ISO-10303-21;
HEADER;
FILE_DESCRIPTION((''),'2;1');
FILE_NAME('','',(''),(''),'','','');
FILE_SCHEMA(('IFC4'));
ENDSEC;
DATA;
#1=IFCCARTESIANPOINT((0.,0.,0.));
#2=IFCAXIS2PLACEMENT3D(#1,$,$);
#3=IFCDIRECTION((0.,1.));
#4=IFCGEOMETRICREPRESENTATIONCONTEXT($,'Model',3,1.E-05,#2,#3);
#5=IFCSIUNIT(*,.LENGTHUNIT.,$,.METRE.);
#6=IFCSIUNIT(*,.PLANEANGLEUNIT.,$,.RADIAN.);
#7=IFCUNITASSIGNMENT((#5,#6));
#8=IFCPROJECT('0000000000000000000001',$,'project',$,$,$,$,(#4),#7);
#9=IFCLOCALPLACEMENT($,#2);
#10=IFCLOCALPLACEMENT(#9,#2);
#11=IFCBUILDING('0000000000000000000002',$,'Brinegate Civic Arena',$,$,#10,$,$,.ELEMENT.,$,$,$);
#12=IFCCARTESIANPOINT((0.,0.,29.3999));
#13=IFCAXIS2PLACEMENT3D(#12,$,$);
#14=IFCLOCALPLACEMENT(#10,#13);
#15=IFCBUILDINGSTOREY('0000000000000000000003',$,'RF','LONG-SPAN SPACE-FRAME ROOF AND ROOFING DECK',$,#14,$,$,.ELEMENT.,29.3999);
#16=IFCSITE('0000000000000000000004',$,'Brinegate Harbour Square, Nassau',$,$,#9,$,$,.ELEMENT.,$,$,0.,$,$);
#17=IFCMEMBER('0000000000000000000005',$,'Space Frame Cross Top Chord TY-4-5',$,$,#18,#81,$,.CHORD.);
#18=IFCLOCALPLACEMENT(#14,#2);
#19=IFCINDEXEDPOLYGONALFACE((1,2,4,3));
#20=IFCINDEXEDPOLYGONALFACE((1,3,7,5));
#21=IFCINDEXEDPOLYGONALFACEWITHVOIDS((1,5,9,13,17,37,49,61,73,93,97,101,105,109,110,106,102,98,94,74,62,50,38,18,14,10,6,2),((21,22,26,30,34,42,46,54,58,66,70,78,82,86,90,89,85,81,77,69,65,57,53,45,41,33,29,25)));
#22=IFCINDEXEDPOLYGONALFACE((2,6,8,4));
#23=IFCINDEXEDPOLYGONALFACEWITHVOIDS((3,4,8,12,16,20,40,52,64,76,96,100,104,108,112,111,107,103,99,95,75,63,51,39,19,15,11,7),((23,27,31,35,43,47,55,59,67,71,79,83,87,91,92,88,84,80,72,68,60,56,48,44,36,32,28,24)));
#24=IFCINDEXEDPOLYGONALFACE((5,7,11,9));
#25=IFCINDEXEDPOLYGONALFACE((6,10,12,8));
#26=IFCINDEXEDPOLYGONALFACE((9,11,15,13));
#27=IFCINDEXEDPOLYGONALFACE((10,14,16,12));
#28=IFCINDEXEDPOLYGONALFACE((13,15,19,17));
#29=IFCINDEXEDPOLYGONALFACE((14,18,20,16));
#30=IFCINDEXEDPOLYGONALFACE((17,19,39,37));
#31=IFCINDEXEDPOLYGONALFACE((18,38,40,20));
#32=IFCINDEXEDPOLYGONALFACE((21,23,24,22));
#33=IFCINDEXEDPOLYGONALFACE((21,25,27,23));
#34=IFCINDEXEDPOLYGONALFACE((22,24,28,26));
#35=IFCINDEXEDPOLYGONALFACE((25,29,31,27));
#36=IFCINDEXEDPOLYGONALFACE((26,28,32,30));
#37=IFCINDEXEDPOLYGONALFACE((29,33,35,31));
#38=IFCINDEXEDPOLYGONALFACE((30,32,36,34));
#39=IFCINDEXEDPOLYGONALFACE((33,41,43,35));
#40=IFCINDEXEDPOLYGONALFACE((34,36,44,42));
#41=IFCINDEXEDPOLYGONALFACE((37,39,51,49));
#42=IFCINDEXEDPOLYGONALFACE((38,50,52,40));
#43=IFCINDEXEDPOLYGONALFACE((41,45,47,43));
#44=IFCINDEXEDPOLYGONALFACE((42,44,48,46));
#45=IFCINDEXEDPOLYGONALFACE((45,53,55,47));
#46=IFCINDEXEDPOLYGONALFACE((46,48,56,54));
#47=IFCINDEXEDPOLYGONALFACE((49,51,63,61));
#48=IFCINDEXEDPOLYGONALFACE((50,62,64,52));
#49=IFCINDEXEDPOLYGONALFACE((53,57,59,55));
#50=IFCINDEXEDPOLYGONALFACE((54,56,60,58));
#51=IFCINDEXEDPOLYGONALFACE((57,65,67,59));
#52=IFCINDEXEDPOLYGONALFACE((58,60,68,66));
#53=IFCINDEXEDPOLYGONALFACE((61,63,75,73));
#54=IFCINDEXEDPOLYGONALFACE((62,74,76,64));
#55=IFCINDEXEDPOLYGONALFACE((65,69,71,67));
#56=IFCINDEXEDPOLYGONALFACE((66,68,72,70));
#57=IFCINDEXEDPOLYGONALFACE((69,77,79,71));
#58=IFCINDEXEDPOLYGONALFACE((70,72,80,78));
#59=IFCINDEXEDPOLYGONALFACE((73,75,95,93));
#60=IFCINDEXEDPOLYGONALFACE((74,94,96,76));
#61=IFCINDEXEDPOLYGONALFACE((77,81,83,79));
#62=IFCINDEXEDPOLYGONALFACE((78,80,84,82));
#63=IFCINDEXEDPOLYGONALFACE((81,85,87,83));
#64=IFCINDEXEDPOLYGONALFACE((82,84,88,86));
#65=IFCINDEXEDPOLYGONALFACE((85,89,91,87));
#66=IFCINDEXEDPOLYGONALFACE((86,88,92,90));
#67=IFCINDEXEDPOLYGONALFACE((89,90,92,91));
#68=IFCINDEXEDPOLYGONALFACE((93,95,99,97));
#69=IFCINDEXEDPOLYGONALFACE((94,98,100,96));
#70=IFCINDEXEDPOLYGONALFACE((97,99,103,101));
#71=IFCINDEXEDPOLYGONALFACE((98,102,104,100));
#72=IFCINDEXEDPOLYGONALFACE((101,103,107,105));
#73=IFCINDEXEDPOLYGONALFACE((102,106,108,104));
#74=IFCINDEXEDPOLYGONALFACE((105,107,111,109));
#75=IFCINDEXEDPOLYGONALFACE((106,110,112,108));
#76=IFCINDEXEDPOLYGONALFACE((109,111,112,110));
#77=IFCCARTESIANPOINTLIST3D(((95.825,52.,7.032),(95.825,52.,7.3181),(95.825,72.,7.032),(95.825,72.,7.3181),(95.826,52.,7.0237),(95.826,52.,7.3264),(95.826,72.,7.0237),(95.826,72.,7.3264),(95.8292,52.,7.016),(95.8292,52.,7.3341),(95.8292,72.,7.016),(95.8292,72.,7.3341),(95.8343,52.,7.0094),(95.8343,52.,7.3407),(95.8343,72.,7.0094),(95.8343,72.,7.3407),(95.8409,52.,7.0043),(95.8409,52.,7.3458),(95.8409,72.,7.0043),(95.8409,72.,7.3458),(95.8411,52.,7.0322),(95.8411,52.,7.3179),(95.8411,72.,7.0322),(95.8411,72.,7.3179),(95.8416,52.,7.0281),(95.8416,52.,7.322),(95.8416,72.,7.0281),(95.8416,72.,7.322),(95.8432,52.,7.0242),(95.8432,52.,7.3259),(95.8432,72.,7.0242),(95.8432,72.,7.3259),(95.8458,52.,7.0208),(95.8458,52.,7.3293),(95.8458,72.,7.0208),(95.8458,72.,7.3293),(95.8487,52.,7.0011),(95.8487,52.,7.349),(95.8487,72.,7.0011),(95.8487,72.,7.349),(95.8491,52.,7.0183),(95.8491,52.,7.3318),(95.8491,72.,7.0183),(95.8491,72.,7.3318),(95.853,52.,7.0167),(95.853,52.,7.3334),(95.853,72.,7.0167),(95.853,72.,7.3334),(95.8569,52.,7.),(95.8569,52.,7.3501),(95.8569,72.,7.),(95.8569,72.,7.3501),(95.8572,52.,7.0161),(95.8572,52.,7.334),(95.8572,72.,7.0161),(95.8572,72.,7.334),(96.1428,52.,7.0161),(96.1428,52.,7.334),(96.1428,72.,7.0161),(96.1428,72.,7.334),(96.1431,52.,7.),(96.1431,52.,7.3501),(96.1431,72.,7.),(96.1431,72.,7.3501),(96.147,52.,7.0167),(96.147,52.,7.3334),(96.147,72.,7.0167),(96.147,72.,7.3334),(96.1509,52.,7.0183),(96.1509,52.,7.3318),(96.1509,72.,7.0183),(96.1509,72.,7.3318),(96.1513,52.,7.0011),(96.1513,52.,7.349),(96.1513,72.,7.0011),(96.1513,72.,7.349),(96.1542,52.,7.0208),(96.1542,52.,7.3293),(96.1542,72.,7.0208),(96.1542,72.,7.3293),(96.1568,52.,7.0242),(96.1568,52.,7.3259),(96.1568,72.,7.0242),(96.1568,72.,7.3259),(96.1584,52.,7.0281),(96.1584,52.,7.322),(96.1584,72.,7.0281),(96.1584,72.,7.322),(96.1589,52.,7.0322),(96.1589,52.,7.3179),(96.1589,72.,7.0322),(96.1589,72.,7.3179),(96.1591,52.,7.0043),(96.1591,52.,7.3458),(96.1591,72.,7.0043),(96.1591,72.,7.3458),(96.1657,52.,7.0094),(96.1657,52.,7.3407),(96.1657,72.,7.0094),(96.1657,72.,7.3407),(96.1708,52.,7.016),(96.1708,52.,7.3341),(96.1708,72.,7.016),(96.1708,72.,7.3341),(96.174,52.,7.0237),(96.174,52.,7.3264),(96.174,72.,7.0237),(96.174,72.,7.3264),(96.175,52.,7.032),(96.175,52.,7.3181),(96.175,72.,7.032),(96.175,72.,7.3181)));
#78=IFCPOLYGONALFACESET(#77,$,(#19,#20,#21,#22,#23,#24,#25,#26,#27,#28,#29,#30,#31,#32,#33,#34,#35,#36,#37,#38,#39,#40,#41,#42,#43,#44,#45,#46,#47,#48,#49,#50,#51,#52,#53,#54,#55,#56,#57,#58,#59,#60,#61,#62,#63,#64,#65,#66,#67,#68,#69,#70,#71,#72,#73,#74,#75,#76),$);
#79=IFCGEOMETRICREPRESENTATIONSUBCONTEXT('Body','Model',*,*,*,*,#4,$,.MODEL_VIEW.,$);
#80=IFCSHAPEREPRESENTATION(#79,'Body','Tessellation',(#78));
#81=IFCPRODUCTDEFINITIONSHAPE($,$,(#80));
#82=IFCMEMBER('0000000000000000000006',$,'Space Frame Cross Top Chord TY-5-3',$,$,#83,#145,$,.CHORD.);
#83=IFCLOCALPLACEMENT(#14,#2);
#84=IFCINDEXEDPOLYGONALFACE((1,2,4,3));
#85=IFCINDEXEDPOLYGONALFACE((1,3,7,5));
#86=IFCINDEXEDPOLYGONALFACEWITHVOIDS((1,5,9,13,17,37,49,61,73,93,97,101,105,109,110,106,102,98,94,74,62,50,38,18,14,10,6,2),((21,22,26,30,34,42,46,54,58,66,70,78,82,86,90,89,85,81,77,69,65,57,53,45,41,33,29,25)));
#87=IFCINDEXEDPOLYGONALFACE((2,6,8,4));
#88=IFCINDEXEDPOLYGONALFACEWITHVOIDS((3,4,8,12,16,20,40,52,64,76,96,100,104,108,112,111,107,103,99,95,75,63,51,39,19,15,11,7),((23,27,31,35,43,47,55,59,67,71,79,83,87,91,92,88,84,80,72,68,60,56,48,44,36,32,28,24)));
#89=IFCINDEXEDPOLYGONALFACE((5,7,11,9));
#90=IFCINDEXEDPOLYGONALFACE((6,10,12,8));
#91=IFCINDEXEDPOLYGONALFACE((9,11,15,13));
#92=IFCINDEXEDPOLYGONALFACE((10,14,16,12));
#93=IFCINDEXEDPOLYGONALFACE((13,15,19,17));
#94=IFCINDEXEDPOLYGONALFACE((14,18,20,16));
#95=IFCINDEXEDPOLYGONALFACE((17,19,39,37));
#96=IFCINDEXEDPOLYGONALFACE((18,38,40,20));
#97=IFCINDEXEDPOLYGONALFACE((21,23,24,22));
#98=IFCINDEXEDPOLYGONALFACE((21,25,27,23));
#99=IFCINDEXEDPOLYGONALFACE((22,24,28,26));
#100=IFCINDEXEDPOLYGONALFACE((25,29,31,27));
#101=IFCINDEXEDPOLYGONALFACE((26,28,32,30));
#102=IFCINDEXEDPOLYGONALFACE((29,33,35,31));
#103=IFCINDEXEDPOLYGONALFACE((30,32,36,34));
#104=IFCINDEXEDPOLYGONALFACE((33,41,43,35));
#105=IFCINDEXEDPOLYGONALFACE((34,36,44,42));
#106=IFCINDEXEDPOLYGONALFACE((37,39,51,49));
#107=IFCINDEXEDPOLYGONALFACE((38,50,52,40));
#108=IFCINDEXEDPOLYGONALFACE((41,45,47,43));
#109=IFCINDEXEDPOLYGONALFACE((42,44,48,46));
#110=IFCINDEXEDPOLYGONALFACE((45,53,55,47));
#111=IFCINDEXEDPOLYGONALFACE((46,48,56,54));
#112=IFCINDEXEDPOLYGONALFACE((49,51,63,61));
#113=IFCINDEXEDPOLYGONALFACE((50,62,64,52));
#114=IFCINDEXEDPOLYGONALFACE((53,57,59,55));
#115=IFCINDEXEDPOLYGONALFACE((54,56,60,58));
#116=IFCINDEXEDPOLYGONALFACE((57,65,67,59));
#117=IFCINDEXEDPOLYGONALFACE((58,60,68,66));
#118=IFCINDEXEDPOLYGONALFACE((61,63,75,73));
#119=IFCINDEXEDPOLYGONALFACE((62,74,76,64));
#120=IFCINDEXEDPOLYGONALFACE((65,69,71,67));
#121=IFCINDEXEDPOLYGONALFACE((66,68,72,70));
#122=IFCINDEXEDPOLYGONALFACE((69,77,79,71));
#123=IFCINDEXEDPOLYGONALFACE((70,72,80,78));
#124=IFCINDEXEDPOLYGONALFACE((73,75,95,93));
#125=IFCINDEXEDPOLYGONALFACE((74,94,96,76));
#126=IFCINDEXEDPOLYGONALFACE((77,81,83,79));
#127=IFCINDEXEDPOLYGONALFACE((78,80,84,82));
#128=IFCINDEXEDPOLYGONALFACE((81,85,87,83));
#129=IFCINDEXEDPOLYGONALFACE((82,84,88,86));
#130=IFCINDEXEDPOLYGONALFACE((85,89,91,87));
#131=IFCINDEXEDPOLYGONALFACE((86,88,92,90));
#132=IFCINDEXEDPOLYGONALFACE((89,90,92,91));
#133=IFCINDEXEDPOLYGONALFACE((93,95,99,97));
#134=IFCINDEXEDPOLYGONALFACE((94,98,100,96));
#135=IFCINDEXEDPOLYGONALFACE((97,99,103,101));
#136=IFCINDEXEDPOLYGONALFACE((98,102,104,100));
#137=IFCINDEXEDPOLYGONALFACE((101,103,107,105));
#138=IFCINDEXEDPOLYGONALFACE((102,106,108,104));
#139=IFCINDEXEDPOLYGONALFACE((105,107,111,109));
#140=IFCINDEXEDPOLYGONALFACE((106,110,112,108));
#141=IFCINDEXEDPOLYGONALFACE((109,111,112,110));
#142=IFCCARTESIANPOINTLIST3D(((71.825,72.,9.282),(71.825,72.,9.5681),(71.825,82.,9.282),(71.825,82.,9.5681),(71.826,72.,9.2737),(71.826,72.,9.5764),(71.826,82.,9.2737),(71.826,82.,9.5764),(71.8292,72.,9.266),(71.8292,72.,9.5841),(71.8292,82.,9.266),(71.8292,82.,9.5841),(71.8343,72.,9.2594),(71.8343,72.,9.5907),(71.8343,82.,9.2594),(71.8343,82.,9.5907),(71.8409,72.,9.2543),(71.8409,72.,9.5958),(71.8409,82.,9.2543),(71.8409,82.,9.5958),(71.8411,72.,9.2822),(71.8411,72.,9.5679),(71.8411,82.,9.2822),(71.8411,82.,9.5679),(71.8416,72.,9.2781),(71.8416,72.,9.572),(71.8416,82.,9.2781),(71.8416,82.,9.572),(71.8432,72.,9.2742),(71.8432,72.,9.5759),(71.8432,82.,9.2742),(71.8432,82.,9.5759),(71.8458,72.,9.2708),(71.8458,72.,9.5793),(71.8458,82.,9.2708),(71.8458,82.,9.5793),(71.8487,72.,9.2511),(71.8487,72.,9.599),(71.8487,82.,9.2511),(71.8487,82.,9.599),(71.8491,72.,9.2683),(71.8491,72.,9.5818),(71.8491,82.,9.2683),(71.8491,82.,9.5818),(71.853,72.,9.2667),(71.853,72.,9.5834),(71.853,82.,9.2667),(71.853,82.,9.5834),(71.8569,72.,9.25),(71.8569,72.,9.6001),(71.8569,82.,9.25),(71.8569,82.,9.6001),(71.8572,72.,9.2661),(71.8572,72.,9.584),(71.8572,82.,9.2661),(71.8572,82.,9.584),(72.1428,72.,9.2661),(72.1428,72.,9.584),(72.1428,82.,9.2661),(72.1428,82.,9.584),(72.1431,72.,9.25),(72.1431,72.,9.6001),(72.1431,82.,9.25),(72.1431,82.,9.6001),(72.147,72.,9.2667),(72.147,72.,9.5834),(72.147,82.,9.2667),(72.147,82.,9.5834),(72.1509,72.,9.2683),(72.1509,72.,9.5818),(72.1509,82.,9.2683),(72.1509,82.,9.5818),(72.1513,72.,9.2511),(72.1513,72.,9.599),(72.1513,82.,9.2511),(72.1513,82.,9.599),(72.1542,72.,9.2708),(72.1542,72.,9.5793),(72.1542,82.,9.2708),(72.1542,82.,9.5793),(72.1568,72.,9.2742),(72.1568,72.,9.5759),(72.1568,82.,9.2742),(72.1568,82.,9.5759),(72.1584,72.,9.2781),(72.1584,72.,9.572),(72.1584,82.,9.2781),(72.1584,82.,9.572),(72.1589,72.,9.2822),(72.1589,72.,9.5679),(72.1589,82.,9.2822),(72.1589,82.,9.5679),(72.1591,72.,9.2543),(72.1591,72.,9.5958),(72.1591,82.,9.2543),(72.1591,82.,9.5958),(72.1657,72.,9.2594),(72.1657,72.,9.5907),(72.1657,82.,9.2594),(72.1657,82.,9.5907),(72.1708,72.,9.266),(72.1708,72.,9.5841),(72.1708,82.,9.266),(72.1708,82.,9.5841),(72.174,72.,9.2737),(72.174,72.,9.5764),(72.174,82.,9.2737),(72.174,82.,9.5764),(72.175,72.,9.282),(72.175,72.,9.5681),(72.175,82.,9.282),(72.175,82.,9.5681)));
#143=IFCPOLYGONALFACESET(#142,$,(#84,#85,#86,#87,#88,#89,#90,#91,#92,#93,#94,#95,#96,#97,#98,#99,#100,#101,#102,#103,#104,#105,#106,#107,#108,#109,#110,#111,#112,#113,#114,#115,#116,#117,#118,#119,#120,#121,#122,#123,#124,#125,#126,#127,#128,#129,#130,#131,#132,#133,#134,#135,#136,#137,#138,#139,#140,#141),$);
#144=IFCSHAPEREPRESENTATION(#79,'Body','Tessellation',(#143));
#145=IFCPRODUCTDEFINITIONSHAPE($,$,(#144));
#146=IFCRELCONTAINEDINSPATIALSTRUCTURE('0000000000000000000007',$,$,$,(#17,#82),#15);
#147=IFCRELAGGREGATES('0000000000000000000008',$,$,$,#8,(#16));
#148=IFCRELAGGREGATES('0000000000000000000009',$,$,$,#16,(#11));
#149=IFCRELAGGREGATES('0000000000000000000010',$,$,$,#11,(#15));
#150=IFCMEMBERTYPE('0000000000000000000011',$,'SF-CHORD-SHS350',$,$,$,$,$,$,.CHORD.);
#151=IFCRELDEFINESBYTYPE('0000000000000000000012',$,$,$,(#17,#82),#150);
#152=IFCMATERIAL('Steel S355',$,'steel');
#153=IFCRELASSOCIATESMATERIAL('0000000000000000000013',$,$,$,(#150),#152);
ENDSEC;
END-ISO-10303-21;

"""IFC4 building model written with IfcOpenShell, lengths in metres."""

from ifc_helpers import new_model, si_unit, direction, frame, origin, origin_2d, place, context, subcontext, project, spatial, hollow_rectangle, extrude, material, material_profile, profile_set, type_object, element, save


model = new_model("IFC4")

# Units and contexts
model_context = context("Model", 3, precision=1e-05, world=origin(), true_north=direction((0.0, 1.0)))
body_context = subcontext(model_context, "Body", "Model", "MODEL_VIEW")
ifc_project = project(units=[si_unit("LENGTHUNIT", "METRE"), si_unit("PLANEANGLEUNIT", "RADIAN")], contexts=[model_context])

# Site, building, storey
site_placement = place(None, origin())
site = spatial("IfcSite", under=ifc_project, at=site_placement, Name="Brinegate Harbour Square, Nassau", CompositionType="ELEMENT", RefElevation=0.0)
building_placement = place(site_placement, origin())
building = spatial("IfcBuilding", under=site, at=building_placement, Name="Brinegate Civic Arena", CompositionType="ELEMENT")
storey_placement = place(building_placement, frame((0.0, 0.0, 29.3999)))
storey = spatial("IfcBuildingStorey", under=building, at=storey_placement, Name="RF", Description="LONG-SPAN SPACE-FRAME ROOF AND ROOFING DECK", CompositionType="ELEMENT", Elevation=29.3999)

# Members
ifc_material = material(Name="Steel S355", Category="steel")
ifc_material_profile_1 = material_profile(ifc_material, hollow_rectangle(XDim=0.3501, YDim=0.3501, WallThickness=0.0161, InnerFilletRadius=0.0161, OuterFilletRadius=0.032, at=origin_2d()), Name="SHS350X16")
ifc_profile_set_1 = profile_set([ifc_material_profile_1], Name="Steel S355")
member_type_1 = type_object("IfcMemberType", Name="SF-CHORD-SHS350", PredefinedType="CHORD", material=ifc_profile_set_1)
for number, where, z_axis, x_axis, name in (
    (1, (96.0, 52.0, 7.175), (0.0, 1.0, 0.0), (-1.0, 0.0, 0.0), "Space Frame Cross Top Chord TY-4-5"),
):
    element("IfcMember", number, at=place(storey_placement, frame(where, z_axis=z_axis, x_axis=x_axis)), inside=storey, type_object=member_type_1, Name=name, PredefinedType="CHORD", context=body_context, shape_type="SweptSolid", body=[
        extrude(hollow_rectangle(XDim=0.3501, YDim=0.3501, WallThickness=0.0161, InnerFilletRadius=0.0161, OuterFilletRadius=0.032, at=origin_2d()), origin(), (0.0, 0.0, 1.0), 20.0),
    ])
member_1_placement = place(storey_placement, frame((72.0, 72.0, 9.425), z_axis=(0.0, 1.0, 0.0), x_axis=(-1.0, 0.0, 0.0)))
element("IfcMember", 2, at=member_1_placement, inside=storey, type_object=member_type_1, Name="Space Frame Cross Top Chord TY-5-3", PredefinedType="CHORD", context=body_context, shape_type="SweptSolid", body=[
    extrude(hollow_rectangle(XDim=0.3501, YDim=0.3501, WallThickness=0.0161, InnerFilletRadius=0.0161, OuterFilletRadius=0.032, at=origin_2d()), origin(), (0.0, 0.0, 1.0), 10.0),
])

save(model, "model.ifc")
